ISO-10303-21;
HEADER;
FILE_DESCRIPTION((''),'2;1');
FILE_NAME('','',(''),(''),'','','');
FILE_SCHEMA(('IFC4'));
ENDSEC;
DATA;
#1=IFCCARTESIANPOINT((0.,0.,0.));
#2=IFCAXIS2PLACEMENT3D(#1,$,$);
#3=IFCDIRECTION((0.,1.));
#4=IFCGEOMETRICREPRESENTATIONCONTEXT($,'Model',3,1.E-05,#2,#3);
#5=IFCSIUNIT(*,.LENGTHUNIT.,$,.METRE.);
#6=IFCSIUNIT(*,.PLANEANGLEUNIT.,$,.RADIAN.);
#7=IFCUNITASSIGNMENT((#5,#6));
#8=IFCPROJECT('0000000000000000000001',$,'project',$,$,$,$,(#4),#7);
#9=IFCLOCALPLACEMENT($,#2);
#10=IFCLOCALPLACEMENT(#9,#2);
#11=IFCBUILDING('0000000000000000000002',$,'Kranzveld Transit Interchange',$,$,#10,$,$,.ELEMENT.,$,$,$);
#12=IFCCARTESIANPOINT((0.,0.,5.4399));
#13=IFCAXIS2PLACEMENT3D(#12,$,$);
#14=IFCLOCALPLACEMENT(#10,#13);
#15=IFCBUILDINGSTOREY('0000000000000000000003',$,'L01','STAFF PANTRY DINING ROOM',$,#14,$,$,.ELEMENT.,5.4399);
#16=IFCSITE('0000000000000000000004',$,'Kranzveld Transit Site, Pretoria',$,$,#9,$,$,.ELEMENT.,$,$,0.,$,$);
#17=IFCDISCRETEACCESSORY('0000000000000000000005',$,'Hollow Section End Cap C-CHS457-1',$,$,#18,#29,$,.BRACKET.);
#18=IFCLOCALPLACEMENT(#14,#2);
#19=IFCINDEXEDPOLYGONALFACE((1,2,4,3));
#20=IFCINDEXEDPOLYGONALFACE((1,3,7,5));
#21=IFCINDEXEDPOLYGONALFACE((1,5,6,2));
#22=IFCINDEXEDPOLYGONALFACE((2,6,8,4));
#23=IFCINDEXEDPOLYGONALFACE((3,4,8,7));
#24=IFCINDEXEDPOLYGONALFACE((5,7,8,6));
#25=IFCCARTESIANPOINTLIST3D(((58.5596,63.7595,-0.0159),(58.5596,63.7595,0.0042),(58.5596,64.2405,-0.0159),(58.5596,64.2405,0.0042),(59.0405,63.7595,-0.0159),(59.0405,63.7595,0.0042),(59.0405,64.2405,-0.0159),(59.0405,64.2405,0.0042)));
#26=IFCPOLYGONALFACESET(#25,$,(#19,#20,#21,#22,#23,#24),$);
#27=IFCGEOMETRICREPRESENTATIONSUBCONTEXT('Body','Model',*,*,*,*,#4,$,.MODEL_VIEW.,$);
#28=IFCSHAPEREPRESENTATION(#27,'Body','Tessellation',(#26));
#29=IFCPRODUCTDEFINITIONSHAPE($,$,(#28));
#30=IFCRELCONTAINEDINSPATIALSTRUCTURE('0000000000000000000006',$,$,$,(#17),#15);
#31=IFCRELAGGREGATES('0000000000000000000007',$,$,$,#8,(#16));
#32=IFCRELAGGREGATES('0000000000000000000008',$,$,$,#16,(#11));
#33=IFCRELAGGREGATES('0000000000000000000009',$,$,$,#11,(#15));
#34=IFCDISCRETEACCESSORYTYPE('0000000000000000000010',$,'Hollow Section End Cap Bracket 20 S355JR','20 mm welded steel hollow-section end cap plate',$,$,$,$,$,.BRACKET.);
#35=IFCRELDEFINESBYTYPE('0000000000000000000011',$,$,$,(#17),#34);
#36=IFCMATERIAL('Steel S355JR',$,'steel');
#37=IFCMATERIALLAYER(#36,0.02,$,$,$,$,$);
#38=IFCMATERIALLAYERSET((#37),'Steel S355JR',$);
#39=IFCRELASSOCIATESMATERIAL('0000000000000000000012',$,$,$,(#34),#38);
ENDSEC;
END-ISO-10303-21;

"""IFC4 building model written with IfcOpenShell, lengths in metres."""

from ifc_helpers import new_model, si_unit, direction, frame, origin, origin_2d, place, context, subcontext, project, spatial, rectangle, extrude, material, layer, layer_set, type_object, element, save


model = new_model("IFC4")

# Units and contexts
model_context = context("Model", 3, precision=1e-05, world=origin(), true_north=direction((0.0, 1.0)))
body_context = subcontext(model_context, "Body", "Model", "MODEL_VIEW")
ifc_project = project(units=[si_unit("LENGTHUNIT", "METRE"), si_unit("PLANEANGLEUNIT", "RADIAN")], contexts=[model_context])

# Site, building, storey
site_placement = place(None, origin())
site = spatial("IfcSite", under=ifc_project, at=site_placement, Name="Kranzveld Transit Site, Pretoria", CompositionType="ELEMENT", RefElevation=0.0)
building_placement = place(site_placement, origin())
building = spatial("IfcBuilding", under=site, at=building_placement, Name="Kranzveld Transit Interchange", CompositionType="ELEMENT")
storey_placement = place(building_placement, frame((0.0, 0.0, 5.4399)))
storey = spatial("IfcBuildingStorey", under=building, at=storey_placement, Name="L01", Description="STAFF PANTRY DINING ROOM", CompositionType="ELEMENT", Elevation=5.4399)

# Discrete accessory
ifc_material_1 = material(Name="Steel S355JR", Category="steel")
ifc_layer_1 = layer(ifc_material_1, 0.02)
ifc_layer_set_1 = layer_set([ifc_layer_1], Name="Steel S355JR")
discrete_accessory_type = type_object("IfcDiscreteAccessoryType", Name="Hollow Section End Cap Bracket 20 S355JR", Description="20 mm welded steel hollow-section end cap plate", PredefinedType="BRACKET", material=ifc_layer_set_1)
discrete_accessory_placement = place(storey_placement, frame((58.8, 64.0, 0.0042), z_axis=(0.0, 0.0, -1.0), x_axis=(1.0, 0.0, 0.0)))
element("IfcDiscreteAccessory", 1, at=discrete_accessory_placement, inside=storey, type_object=discrete_accessory_type, Name="Hollow Section End Cap C-CHS457-1", PredefinedType="BRACKET", context=body_context, shape_type="SweptSolid", body=[
    extrude(rectangle(XDim=0.481, YDim=0.481, at=origin_2d()), origin(), (0.0, 0.0, 1.0), 0.02),
])

save(model, "model.ifc")
